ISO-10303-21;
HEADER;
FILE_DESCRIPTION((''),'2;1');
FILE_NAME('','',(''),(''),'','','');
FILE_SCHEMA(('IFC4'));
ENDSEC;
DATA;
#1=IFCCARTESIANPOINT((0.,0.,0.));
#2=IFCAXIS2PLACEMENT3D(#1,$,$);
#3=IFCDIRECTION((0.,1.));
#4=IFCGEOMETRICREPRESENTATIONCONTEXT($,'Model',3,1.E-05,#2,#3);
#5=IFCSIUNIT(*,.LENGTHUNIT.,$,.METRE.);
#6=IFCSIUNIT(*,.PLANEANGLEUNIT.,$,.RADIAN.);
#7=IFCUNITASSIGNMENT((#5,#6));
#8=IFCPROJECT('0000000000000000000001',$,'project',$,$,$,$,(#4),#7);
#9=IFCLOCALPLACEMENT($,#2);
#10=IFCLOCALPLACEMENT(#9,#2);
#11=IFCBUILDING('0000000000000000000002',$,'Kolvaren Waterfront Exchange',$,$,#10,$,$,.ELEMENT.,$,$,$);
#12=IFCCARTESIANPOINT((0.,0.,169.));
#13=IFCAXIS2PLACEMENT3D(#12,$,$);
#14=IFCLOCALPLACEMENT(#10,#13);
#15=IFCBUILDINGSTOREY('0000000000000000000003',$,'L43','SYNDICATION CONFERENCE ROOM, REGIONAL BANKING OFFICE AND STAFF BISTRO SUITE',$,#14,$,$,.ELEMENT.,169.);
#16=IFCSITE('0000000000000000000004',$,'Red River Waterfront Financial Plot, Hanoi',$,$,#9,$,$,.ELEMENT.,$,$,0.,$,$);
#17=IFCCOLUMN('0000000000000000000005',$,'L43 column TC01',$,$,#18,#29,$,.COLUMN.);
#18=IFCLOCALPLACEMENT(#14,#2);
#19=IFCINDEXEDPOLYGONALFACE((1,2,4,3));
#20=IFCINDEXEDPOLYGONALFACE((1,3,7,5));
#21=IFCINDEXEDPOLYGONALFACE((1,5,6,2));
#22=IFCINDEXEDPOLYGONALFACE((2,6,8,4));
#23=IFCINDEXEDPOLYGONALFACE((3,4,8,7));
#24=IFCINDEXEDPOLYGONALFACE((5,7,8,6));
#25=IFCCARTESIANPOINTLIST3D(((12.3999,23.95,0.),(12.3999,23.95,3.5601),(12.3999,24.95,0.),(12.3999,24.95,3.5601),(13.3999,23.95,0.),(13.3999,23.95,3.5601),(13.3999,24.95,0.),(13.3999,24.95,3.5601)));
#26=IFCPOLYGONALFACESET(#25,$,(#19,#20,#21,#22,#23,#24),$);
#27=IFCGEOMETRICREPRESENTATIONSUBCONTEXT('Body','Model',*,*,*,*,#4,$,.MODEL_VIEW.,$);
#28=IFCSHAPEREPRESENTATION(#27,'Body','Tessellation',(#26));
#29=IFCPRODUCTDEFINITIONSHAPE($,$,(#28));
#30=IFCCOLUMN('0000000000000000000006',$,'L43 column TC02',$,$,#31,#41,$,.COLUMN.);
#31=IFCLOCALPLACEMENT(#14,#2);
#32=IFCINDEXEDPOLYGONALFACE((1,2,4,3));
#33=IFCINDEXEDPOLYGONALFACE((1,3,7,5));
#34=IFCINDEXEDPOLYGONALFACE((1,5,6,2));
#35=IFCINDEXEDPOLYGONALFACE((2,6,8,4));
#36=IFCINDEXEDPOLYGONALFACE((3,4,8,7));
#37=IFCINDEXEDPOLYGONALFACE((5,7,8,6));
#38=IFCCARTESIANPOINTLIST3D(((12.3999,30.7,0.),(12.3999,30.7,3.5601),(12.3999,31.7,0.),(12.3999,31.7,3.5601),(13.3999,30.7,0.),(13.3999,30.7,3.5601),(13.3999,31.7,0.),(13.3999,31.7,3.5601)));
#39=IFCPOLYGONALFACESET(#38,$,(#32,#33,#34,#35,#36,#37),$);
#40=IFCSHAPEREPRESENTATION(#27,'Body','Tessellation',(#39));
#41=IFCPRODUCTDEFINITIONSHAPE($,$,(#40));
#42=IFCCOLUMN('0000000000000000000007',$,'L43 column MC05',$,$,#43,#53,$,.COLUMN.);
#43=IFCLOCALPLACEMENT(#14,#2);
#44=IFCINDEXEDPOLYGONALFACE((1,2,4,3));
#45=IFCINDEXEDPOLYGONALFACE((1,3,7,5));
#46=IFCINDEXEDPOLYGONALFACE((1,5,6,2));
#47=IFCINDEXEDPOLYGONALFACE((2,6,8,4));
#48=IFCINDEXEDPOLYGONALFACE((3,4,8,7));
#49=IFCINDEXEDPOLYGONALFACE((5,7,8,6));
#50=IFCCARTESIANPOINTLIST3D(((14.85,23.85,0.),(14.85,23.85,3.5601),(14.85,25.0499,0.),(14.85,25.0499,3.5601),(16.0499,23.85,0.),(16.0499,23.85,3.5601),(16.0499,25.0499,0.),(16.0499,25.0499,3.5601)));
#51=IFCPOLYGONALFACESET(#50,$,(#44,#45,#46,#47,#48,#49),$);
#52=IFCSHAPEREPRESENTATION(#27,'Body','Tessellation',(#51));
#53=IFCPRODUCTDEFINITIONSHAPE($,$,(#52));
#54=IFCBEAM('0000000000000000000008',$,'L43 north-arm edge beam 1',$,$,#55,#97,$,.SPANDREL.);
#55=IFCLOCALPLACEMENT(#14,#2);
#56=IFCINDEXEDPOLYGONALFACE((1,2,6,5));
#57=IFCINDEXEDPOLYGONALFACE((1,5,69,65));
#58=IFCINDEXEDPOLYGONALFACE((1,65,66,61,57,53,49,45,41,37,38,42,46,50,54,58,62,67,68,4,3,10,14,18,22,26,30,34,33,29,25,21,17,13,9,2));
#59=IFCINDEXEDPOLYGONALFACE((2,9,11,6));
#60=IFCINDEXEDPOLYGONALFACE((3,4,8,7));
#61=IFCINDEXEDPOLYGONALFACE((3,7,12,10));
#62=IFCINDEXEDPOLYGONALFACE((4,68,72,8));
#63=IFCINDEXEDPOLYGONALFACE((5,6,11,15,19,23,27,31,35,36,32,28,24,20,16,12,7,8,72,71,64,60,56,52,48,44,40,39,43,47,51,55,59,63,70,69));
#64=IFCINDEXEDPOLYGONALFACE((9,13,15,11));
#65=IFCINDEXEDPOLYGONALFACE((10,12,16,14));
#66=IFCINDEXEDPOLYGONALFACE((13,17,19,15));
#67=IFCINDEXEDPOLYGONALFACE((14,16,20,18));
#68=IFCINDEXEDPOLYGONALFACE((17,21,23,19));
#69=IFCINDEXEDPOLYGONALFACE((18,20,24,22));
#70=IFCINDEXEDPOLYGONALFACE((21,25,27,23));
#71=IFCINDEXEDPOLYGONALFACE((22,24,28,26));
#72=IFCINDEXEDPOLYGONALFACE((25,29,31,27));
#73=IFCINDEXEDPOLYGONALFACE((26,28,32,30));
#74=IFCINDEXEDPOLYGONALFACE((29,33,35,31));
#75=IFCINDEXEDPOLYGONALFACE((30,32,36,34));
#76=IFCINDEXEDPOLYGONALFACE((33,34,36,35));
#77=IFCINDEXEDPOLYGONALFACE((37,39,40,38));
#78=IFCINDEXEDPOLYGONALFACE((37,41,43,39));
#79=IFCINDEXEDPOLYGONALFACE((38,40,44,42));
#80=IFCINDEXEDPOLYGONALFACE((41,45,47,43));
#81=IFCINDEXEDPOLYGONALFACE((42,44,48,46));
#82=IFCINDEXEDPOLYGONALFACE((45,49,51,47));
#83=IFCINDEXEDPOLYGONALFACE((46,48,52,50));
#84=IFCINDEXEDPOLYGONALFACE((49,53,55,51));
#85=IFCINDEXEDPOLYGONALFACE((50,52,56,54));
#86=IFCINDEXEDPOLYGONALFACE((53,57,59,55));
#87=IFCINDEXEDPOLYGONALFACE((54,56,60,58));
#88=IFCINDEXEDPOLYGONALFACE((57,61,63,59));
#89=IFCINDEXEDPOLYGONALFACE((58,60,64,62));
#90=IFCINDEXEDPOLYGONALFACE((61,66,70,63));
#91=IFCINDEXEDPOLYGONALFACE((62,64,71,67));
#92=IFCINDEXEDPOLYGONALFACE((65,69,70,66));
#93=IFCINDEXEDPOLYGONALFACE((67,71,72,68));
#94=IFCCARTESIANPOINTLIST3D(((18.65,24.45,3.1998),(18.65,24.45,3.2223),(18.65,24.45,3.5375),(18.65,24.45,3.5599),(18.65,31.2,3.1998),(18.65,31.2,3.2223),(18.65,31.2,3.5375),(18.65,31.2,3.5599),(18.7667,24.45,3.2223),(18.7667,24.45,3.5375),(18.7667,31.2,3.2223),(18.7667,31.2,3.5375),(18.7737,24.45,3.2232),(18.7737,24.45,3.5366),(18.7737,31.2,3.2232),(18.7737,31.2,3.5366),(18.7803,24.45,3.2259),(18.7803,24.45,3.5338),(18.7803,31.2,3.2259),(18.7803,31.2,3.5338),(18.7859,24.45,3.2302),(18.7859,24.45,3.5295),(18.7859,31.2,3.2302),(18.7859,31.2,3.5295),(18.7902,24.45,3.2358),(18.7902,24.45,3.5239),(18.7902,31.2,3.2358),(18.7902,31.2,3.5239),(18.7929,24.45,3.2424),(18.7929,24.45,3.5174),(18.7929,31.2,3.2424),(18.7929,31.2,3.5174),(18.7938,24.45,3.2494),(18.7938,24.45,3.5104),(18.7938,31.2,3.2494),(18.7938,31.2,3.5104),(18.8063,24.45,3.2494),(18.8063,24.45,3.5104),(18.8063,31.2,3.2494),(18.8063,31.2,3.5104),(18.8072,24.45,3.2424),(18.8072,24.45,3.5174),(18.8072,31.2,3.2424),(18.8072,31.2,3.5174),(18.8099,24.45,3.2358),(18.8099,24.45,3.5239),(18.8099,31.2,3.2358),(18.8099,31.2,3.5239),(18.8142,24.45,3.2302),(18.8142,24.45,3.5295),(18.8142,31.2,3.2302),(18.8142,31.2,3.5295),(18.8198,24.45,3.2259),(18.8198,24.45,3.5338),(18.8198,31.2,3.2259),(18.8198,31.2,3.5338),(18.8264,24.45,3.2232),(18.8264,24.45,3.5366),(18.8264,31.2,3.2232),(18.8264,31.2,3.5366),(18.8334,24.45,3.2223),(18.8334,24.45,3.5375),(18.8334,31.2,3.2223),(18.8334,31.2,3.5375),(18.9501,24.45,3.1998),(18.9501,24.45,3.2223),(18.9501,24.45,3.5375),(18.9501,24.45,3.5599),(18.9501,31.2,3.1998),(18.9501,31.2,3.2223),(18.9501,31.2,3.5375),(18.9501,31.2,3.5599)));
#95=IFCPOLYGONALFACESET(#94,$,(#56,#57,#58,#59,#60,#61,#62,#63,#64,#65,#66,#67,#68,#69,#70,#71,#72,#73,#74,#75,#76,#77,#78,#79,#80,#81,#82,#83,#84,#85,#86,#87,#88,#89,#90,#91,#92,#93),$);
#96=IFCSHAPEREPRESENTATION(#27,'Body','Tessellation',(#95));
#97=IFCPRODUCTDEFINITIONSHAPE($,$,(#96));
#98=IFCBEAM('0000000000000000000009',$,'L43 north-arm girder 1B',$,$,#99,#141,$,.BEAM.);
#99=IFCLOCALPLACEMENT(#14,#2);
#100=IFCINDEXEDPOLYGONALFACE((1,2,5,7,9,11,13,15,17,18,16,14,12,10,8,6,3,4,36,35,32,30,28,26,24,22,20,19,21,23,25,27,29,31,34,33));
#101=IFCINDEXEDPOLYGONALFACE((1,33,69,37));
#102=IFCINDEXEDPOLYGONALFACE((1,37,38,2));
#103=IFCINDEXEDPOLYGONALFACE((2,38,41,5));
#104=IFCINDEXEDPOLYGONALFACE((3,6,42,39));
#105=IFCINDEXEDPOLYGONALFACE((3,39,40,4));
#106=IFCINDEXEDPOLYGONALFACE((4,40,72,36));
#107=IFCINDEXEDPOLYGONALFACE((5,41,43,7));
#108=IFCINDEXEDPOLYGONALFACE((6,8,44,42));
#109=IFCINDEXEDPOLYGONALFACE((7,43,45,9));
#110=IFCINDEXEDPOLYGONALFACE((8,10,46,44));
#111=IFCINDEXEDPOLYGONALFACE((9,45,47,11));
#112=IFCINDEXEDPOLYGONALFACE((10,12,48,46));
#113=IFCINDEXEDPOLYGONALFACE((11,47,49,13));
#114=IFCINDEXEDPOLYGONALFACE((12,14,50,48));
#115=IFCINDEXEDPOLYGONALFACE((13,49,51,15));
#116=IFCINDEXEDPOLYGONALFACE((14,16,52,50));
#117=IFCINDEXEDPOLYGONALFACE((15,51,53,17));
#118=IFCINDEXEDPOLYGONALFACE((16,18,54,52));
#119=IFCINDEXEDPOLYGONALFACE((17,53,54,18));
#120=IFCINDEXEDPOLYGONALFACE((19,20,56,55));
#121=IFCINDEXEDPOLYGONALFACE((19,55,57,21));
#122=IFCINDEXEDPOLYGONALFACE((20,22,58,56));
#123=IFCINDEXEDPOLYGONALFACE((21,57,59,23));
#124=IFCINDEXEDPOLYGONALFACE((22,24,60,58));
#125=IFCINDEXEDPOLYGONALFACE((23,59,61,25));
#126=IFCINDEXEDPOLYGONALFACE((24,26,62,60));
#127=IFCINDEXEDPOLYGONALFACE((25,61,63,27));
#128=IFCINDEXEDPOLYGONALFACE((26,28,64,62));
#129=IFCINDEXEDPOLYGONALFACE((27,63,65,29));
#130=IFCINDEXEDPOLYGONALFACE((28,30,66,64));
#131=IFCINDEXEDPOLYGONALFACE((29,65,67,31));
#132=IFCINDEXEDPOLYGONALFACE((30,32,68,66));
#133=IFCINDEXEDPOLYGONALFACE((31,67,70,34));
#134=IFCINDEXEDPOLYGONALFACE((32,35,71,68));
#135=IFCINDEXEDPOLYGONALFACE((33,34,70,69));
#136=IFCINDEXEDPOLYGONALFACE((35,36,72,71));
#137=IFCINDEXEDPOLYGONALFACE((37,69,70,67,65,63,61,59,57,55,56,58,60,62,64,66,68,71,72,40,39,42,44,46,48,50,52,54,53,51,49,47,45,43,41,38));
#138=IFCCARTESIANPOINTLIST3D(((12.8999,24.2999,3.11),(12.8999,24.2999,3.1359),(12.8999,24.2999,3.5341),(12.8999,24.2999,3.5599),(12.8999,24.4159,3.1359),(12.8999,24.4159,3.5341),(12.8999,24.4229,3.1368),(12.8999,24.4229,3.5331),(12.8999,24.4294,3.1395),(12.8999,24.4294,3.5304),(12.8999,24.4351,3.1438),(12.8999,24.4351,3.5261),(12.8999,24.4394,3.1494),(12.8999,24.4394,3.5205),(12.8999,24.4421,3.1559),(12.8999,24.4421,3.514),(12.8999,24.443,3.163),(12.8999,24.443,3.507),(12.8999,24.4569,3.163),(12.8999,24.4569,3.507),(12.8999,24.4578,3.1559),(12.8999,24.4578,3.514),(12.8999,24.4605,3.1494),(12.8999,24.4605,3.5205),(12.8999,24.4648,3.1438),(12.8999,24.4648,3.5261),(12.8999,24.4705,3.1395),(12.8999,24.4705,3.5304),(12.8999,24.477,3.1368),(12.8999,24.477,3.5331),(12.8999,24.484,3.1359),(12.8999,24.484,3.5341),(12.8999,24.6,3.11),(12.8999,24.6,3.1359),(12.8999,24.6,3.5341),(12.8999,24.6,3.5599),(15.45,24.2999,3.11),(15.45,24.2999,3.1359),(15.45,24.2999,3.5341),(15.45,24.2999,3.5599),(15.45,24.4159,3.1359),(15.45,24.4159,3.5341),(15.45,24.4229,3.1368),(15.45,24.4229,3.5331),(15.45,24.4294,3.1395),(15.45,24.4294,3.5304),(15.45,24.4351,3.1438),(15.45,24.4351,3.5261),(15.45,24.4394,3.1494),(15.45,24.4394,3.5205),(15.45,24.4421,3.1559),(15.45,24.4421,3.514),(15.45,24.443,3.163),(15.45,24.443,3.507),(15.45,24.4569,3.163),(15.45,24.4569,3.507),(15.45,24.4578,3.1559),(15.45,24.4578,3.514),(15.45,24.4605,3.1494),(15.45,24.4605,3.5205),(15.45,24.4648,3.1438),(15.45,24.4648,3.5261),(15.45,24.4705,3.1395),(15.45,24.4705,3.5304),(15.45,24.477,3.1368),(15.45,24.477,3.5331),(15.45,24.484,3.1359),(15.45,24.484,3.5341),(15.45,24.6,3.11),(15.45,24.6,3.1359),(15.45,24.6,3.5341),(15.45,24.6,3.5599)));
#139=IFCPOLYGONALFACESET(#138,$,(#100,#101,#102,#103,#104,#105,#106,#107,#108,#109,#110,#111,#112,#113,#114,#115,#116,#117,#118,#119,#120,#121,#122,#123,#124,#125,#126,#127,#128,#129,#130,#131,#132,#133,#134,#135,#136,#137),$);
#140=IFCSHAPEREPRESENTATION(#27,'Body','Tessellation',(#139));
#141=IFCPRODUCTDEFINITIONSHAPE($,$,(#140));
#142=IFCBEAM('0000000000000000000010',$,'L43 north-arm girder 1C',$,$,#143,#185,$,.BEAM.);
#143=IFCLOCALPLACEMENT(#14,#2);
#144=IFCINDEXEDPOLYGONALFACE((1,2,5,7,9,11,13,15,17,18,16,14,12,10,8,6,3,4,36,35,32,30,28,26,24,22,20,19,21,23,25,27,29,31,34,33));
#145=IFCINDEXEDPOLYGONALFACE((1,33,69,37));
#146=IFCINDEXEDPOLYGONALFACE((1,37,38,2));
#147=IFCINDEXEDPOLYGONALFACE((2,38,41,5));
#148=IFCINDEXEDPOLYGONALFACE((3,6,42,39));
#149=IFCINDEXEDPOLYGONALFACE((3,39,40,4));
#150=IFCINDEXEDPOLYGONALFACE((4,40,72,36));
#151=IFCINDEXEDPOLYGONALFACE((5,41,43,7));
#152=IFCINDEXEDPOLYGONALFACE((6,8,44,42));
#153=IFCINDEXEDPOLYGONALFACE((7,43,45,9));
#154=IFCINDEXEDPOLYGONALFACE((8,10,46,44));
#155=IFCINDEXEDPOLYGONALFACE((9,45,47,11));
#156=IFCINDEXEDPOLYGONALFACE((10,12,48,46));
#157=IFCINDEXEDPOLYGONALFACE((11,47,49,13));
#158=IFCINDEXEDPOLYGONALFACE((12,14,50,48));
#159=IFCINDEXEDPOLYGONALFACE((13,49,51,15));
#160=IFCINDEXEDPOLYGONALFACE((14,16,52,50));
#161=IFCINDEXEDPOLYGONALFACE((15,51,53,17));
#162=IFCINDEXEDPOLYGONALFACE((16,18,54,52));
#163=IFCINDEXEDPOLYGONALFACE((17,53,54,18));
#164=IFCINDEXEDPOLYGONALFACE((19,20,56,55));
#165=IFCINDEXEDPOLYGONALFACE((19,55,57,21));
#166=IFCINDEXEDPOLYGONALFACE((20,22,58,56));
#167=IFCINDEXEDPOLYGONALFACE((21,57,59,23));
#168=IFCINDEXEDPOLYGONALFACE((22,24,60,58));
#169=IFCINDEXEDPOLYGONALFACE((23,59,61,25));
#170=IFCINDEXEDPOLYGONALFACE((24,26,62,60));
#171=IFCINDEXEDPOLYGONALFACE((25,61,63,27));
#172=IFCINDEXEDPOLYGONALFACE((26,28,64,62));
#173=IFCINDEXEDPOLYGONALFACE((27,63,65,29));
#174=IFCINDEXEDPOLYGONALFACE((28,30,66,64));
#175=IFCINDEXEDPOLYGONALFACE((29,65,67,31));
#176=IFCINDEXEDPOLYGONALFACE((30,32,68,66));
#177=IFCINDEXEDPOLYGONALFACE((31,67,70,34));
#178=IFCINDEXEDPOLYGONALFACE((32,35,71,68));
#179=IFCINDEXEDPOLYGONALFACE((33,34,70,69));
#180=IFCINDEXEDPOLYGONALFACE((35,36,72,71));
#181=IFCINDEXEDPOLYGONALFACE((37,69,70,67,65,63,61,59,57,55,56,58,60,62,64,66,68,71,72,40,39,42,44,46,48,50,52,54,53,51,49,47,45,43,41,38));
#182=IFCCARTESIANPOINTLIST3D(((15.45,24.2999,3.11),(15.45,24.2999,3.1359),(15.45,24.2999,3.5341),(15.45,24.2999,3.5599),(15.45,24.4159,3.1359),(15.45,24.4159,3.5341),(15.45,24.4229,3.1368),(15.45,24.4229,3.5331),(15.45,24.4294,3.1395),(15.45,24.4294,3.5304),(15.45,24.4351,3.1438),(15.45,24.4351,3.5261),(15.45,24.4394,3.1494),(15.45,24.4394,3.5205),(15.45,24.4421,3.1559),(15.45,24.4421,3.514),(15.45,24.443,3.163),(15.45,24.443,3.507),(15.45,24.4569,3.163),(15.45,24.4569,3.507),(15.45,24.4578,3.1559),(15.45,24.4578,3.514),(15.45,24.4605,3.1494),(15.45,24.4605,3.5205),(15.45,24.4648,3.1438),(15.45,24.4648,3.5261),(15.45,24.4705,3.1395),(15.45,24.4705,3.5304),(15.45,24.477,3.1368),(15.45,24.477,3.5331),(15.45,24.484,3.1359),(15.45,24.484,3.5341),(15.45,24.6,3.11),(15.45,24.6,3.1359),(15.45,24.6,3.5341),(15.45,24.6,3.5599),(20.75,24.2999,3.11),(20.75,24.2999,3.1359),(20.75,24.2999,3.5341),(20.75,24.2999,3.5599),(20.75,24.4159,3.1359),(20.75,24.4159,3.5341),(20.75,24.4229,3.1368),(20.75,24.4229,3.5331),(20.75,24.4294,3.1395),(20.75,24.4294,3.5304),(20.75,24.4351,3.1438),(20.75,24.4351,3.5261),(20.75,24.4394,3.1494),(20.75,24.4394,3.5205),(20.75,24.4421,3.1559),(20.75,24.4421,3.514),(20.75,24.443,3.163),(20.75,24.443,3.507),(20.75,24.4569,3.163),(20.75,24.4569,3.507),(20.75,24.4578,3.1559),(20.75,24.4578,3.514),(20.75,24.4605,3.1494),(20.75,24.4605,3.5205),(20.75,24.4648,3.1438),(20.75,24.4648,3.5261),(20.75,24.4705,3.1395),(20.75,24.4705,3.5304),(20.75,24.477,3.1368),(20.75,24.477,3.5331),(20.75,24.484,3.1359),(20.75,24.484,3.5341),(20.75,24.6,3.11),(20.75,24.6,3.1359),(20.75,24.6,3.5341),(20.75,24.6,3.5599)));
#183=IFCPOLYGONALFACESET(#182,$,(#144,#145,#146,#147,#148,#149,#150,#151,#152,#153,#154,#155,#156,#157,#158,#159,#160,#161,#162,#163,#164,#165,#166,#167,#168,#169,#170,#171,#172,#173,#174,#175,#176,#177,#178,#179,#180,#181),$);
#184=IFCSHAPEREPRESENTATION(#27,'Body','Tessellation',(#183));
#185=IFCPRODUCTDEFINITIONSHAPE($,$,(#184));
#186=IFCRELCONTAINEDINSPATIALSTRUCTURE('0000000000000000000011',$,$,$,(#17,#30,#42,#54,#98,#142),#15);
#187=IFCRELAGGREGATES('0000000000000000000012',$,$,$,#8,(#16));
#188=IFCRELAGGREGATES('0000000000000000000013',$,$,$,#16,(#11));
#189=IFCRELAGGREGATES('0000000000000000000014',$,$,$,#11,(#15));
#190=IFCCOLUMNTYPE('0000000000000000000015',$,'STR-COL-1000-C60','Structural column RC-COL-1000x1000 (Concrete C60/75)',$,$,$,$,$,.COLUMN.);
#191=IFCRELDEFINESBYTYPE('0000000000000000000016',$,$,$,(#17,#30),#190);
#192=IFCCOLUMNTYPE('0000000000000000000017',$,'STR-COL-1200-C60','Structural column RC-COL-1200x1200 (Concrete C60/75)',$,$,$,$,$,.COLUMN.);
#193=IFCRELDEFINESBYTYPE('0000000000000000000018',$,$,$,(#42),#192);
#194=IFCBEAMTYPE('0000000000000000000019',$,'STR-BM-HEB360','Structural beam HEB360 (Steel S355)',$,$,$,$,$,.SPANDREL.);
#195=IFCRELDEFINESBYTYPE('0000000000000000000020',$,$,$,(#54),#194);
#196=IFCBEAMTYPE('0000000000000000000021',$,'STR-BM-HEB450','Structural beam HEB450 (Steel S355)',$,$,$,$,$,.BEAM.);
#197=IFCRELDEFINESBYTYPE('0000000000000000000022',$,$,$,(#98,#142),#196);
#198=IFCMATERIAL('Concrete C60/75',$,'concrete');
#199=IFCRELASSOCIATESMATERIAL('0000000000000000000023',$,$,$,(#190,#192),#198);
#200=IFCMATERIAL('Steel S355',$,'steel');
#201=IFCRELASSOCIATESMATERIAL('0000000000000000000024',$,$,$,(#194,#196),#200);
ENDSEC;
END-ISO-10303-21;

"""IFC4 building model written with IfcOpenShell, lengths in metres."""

from ifc_helpers import new_model, si_unit, direction, frame, origin, origin_2d, place, context, subcontext, project, spatial, rectangle, i_section, extrude, material, material_profile, profile_set, type_object, element, save


model = new_model("IFC4")

# Units and contexts
model_context = context("Model", 3, precision=1e-05, world=origin(), true_north=direction((0.0, 1.0)))
body_context = subcontext(model_context, "Body", "Model", "MODEL_VIEW")
ifc_project = project(units=[si_unit("LENGTHUNIT", "METRE"), si_unit("PLANEANGLEUNIT", "RADIAN")], contexts=[model_context])

# Site, building, storey
site_placement = place(None, origin())
site = spatial("IfcSite", under=ifc_project, at=site_placement, Name="Red River Waterfront Financial Plot, Hanoi", CompositionType="ELEMENT", RefElevation=0.0)
building_placement = place(site_placement, origin())
building = spatial("IfcBuilding", under=site, at=building_placement, Name="Kolvaren Waterfront Exchange", CompositionType="ELEMENT")
storey_placement = place(building_placement, frame((0.0, 0.0, 169.0)))
storey = spatial("IfcBuildingStorey", under=building, at=storey_placement, Name="L43", Description="SYNDICATION CONFERENCE ROOM, REGIONAL BANKING OFFICE AND STAFF BISTRO SUITE", CompositionType="ELEMENT", Elevation=169.0)

# Columns
ifc_material_1 = material(Name="Concrete C60/75", Category="concrete")
ifc_material_profile_1 = material_profile(ifc_material_1, rectangle(XDim=1.0, YDim=1.0, at=origin_2d()), Name="RC-COL-1000x1000")
ifc_profile_set_1 = profile_set([ifc_material_profile_1], Name="Concrete C60/75")
column_type_1 = type_object("IfcColumnType", Name="STR-COL-1000-C60", Description="Structural column RC-COL-1000x1000 (Concrete C60/75)", PredefinedType="COLUMN", material=ifc_profile_set_1)
for number, where, z_axis, x_axis, name in (
    (1, (12.8999, 24.45, 0.0), (0.0, 0.0, 1.0), (1.0, 0.0, 0.0), "L43 column TC01"),
    (2, (12.8999, 31.2, 0.0), (0.0, 0.0, 1.0), (1.0, 0.0, 0.0), "L43 column TC02"),
):
    element("IfcColumn", number, at=place(storey_placement, frame(where, z_axis=z_axis, x_axis=x_axis)), inside=storey, type_object=column_type_1, Name=name, PredefinedType="COLUMN", context=body_context, shape_type="SweptSolid", body=[
        extrude(rectangle(XDim=1.0, YDim=1.0, at=origin_2d()), origin(), (0.0, 0.0, 1.0), 3.5601),
    ])
ifc_material_profile_2 = material_profile(ifc_material_1, rectangle(XDim=1.2, YDim=1.2, at=origin_2d()), Name="RC-COL-1200x1200")
ifc_profile_set_2 = profile_set([ifc_material_profile_2], Name="Concrete C60/75")
column_type_2 = type_object("IfcColumnType", Name="STR-COL-1200-C60", Description="Structural column RC-COL-1200x1200 (Concrete C60/75)", PredefinedType="COLUMN", material=ifc_profile_set_2)
column_placement = place(storey_placement, frame((15.45, 24.45, 0.0), z_axis=(0.0, 0.0, 1.0), x_axis=(1.0, 0.0, 0.0)))
element("IfcColumn", 3, at=column_placement, inside=storey, type_object=column_type_2, Name="L43 column MC05", PredefinedType="COLUMN", context=body_context, shape_type="SweptSolid", body=[
    extrude(rectangle(XDim=1.2, YDim=1.2, at=origin_2d()), origin(), (0.0, 0.0, 1.0), 3.5601),
])

# Beams
ifc_material_2 = material(Name="Steel S355", Category="steel")
ifc_material_profile_3 = material_profile(ifc_material_2, i_section(OverallWidth=0.3, OverallDepth=0.3601, WebThickness=0.0125, FlangeThickness=0.0225, FilletRadius=0.0271, at=origin_2d()), Name="HEB360")
ifc_profile_set_3 = profile_set([ifc_material_profile_3], Name="Steel S355")
beam_type_1 = type_object("IfcBeamType", Name="STR-BM-HEB360", Description="Structural beam HEB360 (Steel S355)", PredefinedType="SPANDREL", material=ifc_profile_set_3)
beam_1_placement = place(storey_placement, frame((18.8, 24.45, 3.3799), z_axis=(0.0, 1.0, 0.0), x_axis=(-1.0, 0.0, 0.0)))
element("IfcBeam", 4, at=beam_1_placement, inside=storey, type_object=beam_type_1, Name="L43 north-arm edge beam 1", PredefinedType="SPANDREL", context=body_context, shape_type="SweptSolid", body=[
    extrude(i_section(OverallWidth=0.3, OverallDepth=0.3601, WebThickness=0.0125, FlangeThickness=0.0225, FilletRadius=0.0271, at=origin_2d()), origin(), (0.0, 0.0, 1.0), 6.75),
])
ifc_material_profile_4 = material_profile(ifc_material_2, i_section(OverallWidth=0.3, OverallDepth=0.45, WebThickness=0.0139, FlangeThickness=0.0259, FilletRadius=0.0271, at=origin_2d()), Name="HEB450")
ifc_profile_set_4 = profile_set([ifc_material_profile_4], Name="Steel S355")
beam_type_2 = type_object("IfcBeamType", Name="STR-BM-HEB450", Description="Structural beam HEB450 (Steel S355)", PredefinedType="BEAM", material=ifc_profile_set_4)
beam_2_placement = place(storey_placement, frame((12.8999, 24.45, 3.335), z_axis=(1.0, 0.0, 0.0), x_axis=(0.0, 1.0, 0.0)))
element("IfcBeam", 5, at=beam_2_placement, inside=storey, type_object=beam_type_2, Name="L43 north-arm girder 1B", PredefinedType="BEAM", context=body_context, shape_type="SweptSolid", body=[
    extrude(i_section(OverallWidth=0.3, OverallDepth=0.45, WebThickness=0.0139, FlangeThickness=0.0259, FilletRadius=0.0271, at=origin_2d()), origin(), (0.0, 0.0, 1.0), 2.55),
])
beam_3_placement = place(storey_placement, frame((15.45, 24.45, 3.335), z_axis=(1.0, 0.0, 0.0), x_axis=(0.0, 1.0, 0.0)))
element("IfcBeam", 6, at=beam_3_placement, inside=storey, type_object=beam_type_2, Name="L43 north-arm girder 1C", PredefinedType="BEAM", context=body_context, shape_type="SweptSolid", body=[
    extrude(i_section(OverallWidth=0.3, OverallDepth=0.45, WebThickness=0.0139, FlangeThickness=0.0259, FilletRadius=0.0271, at=origin_2d()), origin(), (0.0, 0.0, 1.0), 5.3),
])

save(model, "model.ifc")
